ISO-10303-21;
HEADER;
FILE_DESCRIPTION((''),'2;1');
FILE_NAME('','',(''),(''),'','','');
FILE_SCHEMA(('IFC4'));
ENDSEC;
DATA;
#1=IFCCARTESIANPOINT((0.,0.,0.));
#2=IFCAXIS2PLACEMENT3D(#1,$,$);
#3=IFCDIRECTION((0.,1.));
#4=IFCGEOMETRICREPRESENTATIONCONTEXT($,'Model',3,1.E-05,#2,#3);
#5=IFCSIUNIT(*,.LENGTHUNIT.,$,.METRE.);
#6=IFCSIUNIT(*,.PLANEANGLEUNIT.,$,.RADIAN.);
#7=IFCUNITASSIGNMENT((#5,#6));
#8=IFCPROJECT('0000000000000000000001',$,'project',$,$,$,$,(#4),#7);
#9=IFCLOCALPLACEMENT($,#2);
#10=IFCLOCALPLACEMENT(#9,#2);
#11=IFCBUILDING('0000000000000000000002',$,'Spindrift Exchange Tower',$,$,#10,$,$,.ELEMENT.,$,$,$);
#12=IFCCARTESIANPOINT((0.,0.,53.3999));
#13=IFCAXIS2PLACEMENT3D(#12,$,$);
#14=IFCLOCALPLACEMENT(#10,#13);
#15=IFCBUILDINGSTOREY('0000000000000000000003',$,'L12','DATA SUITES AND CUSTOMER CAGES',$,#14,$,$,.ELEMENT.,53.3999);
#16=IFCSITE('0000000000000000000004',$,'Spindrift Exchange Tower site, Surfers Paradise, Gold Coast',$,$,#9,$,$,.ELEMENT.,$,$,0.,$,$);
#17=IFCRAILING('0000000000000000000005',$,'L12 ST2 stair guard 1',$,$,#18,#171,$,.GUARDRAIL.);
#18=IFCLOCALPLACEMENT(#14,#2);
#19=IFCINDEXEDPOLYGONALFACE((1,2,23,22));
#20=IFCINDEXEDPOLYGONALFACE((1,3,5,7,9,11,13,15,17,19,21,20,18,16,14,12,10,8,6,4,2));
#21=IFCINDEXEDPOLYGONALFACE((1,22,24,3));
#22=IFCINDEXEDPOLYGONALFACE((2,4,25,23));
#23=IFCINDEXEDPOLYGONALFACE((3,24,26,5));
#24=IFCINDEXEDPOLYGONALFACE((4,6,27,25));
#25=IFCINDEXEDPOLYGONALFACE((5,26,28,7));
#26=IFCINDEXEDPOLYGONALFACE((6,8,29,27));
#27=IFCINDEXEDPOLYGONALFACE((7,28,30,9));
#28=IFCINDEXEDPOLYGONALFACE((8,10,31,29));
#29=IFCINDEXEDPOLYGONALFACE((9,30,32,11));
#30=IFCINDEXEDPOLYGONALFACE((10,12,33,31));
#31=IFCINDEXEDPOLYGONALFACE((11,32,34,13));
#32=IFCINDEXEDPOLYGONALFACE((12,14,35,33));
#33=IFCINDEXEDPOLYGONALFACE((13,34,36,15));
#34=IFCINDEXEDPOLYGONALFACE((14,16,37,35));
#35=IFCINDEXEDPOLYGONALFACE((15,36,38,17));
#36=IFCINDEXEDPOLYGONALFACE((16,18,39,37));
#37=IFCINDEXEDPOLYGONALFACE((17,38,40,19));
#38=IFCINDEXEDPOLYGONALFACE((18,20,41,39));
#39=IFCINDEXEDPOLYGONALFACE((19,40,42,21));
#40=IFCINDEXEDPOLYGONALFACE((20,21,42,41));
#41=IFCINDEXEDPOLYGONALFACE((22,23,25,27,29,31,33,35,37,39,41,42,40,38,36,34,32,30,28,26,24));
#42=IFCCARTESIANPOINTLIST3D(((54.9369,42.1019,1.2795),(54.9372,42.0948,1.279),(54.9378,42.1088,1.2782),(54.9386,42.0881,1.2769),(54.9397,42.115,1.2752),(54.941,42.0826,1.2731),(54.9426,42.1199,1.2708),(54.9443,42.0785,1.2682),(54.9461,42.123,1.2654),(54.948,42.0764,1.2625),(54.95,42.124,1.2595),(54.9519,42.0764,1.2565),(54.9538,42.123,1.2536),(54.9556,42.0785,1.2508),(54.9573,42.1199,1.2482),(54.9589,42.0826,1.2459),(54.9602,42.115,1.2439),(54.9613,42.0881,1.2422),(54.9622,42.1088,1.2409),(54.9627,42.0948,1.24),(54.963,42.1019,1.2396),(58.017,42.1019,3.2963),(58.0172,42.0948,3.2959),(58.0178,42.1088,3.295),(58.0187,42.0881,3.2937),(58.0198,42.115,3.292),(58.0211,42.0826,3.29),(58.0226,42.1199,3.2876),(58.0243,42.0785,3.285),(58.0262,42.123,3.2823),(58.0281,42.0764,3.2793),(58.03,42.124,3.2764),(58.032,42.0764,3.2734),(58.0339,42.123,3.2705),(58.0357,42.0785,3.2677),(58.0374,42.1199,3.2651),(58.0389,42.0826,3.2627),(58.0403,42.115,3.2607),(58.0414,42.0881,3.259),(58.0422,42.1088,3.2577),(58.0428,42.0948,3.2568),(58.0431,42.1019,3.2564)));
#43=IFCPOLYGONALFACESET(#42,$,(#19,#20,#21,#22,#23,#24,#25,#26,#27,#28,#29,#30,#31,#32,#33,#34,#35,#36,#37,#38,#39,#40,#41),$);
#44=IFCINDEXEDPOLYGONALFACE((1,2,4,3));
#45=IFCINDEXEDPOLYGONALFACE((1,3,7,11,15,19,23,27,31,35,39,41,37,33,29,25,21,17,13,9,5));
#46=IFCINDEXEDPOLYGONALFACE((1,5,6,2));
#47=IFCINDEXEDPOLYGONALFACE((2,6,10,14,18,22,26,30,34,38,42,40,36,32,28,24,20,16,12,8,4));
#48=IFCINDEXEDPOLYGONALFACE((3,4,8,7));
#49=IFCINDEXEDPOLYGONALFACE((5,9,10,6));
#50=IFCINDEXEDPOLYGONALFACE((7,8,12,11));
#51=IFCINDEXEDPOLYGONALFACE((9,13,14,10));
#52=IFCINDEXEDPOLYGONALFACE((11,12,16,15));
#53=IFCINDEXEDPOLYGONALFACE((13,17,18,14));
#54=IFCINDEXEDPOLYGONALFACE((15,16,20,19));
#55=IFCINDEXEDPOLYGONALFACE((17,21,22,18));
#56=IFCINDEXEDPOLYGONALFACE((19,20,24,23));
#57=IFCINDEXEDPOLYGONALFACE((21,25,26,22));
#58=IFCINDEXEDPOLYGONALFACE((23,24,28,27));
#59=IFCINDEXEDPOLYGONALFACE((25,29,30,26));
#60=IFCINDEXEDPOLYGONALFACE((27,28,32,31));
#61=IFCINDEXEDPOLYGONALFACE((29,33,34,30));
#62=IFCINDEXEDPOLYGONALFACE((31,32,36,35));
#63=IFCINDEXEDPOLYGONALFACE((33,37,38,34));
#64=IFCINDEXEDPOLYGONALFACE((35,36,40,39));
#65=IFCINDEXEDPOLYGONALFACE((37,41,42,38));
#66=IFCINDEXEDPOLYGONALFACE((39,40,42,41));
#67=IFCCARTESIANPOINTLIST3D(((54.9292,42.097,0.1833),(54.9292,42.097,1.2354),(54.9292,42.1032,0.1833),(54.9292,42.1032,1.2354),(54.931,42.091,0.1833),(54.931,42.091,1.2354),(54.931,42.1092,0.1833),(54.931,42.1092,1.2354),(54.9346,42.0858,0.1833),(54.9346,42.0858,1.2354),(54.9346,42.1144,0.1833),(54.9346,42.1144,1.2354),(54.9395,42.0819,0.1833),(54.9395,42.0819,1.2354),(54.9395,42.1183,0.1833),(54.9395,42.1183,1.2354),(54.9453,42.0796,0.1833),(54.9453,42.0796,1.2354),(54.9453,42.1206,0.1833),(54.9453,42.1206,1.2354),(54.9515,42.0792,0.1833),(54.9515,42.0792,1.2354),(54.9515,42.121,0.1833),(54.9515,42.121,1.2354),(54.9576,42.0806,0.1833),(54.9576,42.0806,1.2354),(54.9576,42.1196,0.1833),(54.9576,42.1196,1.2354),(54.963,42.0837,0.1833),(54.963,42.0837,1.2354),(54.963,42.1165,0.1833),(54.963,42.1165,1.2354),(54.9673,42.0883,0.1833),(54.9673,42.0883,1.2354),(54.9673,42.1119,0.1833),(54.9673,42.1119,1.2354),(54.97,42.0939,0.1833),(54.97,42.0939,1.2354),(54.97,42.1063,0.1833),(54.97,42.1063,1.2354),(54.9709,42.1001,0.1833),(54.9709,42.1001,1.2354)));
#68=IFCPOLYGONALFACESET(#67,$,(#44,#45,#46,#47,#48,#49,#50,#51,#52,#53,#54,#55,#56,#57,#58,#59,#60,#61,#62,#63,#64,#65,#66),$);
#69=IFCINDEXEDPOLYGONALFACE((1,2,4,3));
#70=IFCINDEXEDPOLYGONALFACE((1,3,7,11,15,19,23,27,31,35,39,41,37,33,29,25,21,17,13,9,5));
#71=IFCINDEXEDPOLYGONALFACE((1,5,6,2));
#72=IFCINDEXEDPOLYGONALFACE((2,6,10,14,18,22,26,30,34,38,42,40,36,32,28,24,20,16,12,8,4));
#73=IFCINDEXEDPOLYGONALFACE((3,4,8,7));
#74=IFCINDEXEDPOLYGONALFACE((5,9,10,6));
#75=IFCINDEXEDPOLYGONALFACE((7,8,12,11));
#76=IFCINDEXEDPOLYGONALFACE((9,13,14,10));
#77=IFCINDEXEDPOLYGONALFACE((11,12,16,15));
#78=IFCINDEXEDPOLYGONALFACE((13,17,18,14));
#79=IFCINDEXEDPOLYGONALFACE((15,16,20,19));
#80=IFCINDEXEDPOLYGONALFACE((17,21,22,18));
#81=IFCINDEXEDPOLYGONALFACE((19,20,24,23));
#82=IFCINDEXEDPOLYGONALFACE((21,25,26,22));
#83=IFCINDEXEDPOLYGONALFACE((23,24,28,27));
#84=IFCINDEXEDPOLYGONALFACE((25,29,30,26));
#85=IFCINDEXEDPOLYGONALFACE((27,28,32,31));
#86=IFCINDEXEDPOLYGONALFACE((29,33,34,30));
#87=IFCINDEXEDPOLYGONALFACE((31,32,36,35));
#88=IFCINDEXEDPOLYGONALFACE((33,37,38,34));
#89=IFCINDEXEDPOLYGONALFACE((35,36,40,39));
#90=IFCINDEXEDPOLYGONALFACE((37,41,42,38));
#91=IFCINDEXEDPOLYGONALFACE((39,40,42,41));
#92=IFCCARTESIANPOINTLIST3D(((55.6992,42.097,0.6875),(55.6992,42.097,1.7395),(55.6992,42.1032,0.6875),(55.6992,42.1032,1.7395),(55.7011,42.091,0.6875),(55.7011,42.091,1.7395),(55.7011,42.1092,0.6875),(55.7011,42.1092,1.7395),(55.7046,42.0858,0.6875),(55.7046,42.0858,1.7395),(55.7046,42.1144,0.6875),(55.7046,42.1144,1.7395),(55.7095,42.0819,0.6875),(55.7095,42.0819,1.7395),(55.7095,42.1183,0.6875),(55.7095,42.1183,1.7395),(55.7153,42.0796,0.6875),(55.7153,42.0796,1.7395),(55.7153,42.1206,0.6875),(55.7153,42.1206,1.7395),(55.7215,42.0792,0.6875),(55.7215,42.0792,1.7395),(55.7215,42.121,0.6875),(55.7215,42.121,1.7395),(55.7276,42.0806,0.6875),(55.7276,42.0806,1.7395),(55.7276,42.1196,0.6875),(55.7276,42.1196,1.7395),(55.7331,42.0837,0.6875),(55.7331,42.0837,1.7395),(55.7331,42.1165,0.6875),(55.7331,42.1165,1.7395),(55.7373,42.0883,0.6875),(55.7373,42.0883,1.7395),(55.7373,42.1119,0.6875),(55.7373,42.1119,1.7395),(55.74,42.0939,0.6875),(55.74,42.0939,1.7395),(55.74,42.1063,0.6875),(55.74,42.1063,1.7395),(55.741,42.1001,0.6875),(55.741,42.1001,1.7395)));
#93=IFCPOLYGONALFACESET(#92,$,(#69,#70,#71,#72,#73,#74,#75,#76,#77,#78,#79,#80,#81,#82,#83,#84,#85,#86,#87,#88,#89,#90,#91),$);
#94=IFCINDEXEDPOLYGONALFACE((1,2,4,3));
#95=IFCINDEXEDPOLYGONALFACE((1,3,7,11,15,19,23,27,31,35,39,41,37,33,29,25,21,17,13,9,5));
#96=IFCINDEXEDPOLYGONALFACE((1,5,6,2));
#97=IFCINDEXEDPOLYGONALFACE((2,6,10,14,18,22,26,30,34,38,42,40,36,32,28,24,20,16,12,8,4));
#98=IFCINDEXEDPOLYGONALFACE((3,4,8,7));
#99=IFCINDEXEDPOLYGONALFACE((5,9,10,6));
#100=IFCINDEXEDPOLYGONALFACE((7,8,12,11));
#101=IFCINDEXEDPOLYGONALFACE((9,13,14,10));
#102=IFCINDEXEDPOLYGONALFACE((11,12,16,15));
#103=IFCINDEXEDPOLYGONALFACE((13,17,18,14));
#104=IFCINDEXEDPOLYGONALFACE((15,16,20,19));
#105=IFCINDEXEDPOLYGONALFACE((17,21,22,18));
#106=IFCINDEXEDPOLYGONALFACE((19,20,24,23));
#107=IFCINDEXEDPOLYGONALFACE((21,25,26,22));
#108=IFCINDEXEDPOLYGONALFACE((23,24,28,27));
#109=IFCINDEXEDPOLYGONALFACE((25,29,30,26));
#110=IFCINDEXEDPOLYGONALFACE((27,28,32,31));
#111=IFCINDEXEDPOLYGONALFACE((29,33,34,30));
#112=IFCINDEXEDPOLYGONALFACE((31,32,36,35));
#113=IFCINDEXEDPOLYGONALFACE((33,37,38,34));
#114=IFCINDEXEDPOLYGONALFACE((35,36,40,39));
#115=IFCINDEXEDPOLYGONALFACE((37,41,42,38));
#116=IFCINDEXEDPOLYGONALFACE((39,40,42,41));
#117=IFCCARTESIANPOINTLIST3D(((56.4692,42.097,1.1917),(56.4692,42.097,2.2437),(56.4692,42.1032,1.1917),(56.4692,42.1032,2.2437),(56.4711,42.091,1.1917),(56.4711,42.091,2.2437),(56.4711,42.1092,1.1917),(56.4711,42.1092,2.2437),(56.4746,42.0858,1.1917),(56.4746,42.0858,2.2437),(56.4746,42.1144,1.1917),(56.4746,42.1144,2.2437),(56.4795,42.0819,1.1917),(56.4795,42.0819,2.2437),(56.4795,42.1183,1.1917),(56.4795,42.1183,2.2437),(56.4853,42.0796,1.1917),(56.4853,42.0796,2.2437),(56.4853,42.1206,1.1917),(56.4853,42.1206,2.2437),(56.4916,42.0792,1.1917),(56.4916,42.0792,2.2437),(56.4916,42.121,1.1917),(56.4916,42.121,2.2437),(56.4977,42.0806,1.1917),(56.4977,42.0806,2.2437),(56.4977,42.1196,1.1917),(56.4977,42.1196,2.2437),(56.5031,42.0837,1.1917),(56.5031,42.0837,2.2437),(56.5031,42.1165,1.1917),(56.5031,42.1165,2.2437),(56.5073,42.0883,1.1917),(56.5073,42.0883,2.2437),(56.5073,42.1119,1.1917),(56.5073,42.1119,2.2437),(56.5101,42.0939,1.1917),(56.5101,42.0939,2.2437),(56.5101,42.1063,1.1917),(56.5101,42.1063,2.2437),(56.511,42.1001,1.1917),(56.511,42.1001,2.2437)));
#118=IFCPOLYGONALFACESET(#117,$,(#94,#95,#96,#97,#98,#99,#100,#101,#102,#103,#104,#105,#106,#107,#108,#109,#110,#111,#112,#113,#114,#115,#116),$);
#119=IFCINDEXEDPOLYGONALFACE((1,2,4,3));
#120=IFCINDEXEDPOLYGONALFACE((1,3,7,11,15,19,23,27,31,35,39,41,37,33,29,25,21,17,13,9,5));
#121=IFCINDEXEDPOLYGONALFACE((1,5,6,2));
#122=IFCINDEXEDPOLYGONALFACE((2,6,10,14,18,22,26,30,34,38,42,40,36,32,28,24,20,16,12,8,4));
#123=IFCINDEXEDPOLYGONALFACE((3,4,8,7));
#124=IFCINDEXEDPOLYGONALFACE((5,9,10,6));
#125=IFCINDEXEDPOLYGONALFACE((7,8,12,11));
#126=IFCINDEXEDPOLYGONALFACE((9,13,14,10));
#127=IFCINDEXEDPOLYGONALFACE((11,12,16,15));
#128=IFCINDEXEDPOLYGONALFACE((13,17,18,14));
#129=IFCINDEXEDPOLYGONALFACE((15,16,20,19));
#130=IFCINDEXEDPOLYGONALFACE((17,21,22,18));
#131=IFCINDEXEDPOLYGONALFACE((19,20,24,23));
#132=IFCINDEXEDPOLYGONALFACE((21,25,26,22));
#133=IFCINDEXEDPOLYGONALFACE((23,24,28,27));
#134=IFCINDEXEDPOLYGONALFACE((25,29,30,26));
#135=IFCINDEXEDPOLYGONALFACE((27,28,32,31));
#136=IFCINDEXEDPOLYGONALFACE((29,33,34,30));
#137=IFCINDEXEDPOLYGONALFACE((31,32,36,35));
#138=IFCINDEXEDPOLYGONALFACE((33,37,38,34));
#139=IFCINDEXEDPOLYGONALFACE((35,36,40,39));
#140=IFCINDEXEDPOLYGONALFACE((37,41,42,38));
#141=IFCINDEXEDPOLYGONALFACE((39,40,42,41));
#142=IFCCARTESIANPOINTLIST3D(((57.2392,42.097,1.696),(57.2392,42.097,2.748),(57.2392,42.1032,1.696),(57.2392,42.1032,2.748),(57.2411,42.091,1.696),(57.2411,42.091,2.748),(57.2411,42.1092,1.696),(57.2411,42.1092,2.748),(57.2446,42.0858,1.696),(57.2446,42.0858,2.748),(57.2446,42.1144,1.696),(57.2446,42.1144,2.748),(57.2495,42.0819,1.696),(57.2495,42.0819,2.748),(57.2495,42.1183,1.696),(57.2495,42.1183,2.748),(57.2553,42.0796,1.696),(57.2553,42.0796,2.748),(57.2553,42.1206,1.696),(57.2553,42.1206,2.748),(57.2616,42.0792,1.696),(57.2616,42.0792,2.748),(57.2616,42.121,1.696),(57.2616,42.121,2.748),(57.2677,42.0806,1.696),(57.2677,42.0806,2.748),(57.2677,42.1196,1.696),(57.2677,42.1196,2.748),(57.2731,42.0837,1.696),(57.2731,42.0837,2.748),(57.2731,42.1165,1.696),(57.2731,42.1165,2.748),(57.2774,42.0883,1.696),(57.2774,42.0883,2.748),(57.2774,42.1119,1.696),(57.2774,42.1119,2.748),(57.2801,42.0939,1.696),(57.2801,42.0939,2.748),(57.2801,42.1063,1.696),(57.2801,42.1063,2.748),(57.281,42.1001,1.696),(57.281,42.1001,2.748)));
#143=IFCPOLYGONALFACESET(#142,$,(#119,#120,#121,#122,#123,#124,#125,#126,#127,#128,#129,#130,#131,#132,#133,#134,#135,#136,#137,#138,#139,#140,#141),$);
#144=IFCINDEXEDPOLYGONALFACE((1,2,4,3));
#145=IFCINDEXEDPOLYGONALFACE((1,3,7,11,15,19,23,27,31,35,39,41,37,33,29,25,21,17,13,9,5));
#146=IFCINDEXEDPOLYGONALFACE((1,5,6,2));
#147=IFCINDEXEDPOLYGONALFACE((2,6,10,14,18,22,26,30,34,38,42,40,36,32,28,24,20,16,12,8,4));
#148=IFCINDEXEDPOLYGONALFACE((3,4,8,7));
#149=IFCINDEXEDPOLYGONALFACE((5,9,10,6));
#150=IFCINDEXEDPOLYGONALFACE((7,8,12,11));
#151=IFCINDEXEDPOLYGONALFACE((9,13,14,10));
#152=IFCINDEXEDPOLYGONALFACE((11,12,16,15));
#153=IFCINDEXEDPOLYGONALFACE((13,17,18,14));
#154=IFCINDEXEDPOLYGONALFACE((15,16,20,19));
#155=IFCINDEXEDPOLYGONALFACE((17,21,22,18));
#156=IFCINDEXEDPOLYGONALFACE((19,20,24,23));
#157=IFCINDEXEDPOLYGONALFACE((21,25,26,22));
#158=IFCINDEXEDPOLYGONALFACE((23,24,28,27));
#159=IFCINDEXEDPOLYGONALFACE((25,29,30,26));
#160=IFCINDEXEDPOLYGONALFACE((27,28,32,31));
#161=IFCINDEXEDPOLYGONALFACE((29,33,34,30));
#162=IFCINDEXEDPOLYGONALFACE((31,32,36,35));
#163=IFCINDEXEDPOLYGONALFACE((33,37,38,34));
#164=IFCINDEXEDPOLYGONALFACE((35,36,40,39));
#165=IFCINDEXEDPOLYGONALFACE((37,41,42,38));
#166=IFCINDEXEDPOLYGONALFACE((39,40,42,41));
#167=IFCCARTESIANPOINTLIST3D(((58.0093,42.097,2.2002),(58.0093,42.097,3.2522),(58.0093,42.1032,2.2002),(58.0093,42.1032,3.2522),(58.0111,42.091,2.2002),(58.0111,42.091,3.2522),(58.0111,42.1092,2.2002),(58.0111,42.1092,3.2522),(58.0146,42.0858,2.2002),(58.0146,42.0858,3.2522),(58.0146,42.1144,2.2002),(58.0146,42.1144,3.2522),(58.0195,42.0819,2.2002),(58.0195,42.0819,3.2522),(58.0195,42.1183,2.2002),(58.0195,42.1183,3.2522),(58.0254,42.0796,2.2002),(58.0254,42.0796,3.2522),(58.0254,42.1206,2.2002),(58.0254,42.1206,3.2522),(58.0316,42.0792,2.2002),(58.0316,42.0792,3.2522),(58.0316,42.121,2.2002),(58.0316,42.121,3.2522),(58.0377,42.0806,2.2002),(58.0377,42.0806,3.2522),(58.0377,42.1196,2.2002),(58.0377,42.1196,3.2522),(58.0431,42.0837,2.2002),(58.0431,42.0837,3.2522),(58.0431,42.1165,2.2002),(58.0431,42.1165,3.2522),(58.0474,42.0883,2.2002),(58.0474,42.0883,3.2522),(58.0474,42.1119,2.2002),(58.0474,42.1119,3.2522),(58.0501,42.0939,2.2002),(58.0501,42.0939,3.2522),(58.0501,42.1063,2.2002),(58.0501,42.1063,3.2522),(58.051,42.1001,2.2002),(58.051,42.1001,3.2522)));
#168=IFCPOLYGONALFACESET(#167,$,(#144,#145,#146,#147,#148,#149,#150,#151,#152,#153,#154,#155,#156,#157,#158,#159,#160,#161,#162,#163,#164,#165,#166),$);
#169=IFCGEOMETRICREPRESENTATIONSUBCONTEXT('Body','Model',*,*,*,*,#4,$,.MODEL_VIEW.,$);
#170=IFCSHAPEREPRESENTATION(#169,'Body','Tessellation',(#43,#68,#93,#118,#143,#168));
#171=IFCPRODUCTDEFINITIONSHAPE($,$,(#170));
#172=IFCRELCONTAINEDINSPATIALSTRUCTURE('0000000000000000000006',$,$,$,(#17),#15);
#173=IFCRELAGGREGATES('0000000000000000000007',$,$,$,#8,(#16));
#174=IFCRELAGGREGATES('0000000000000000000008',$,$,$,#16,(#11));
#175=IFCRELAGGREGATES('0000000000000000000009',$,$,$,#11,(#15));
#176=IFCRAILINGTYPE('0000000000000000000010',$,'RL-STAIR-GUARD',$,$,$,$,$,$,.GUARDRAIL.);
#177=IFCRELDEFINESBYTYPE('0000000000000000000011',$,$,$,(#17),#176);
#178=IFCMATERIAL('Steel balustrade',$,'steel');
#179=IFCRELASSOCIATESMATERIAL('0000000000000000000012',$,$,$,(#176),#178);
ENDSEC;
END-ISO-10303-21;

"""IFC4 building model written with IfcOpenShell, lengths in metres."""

from ifc_helpers import new_model, si_unit, direction, frame, origin, origin_2d, place, context, subcontext, project, spatial, circle, extrude, material, type_object, element, save


model = new_model("IFC4")

# Units and contexts
model_context = context("Model", 3, precision=1e-05, world=origin(), true_north=direction((0.0, 1.0)))
body_context = subcontext(model_context, "Body", "Model", "MODEL_VIEW")
ifc_project = project(units=[si_unit("LENGTHUNIT", "METRE"), si_unit("PLANEANGLEUNIT", "RADIAN")], contexts=[model_context])

# Site, building, storey
site_placement = place(None, origin())
site = spatial("IfcSite", under=ifc_project, at=site_placement, Name="Spindrift Exchange Tower site, Surfers Paradise, Gold Coast", CompositionType="ELEMENT", RefElevation=0.0)
building_placement = place(site_placement, origin())
building = spatial("IfcBuilding", under=site, at=building_placement, Name="Spindrift Exchange Tower", CompositionType="ELEMENT")
storey_placement = place(building_placement, frame((0.0, 0.0, 53.3999)))
storey = spatial("IfcBuildingStorey", under=building, at=storey_placement, Name="L12", Description="DATA SUITES AND CUSTOMER CAGES", CompositionType="ELEMENT", Elevation=53.3999)

# Railing
ifc_material_1 = material(Name="Steel balustrade", Category="steel")
railing_type_1 = type_object("IfcRailingType", Name="RL-STAIR-GUARD", PredefinedType="GUARDRAIL", material=ifc_material_1)
railing_1_placement = place(storey_placement, frame((54.95, 42.1001, 0.1833)))
element("IfcRailing", 1, at=railing_1_placement, inside=storey, type_object=railing_type_1, Name="L12 ST2 stair guard 1", PredefinedType="GUARDRAIL", context=body_context, shape_type="SweptSolid", body=[
    extrude(circle(Radius=0.0239, at=origin_2d()), frame((0.0, 0.0, 1.0762), z_axis=(0.836603, 0.0, 0.54781), x_axis=(0.0, 1.0, 0.0)), (0.0, 0.0, 1.0), 3.6816),
    extrude(circle(Radius=0.021, at=origin_2d()), origin(), (0.0, 0.0, 1.0), 1.052),
    extrude(circle(Radius=0.021, at=origin_2d()), frame((0.77, 0.0, 0.5042)), (0.0, 0.0, 1.0), 1.052),
    extrude(circle(Radius=0.021, at=origin_2d()), frame((1.54, 0.0, 1.0083)), (0.0, 0.0, 1.0), 1.052),
    extrude(circle(Radius=0.021, at=origin_2d()), frame((2.3101, 0.0, 1.5127)), (0.0, 0.0, 1.0), 1.052),
    extrude(circle(Radius=0.021, at=origin_2d()), frame((3.0801, 0.0, 2.0168)), (0.0, 0.0, 1.0), 1.052),
])

save(model, "model.ifc")
